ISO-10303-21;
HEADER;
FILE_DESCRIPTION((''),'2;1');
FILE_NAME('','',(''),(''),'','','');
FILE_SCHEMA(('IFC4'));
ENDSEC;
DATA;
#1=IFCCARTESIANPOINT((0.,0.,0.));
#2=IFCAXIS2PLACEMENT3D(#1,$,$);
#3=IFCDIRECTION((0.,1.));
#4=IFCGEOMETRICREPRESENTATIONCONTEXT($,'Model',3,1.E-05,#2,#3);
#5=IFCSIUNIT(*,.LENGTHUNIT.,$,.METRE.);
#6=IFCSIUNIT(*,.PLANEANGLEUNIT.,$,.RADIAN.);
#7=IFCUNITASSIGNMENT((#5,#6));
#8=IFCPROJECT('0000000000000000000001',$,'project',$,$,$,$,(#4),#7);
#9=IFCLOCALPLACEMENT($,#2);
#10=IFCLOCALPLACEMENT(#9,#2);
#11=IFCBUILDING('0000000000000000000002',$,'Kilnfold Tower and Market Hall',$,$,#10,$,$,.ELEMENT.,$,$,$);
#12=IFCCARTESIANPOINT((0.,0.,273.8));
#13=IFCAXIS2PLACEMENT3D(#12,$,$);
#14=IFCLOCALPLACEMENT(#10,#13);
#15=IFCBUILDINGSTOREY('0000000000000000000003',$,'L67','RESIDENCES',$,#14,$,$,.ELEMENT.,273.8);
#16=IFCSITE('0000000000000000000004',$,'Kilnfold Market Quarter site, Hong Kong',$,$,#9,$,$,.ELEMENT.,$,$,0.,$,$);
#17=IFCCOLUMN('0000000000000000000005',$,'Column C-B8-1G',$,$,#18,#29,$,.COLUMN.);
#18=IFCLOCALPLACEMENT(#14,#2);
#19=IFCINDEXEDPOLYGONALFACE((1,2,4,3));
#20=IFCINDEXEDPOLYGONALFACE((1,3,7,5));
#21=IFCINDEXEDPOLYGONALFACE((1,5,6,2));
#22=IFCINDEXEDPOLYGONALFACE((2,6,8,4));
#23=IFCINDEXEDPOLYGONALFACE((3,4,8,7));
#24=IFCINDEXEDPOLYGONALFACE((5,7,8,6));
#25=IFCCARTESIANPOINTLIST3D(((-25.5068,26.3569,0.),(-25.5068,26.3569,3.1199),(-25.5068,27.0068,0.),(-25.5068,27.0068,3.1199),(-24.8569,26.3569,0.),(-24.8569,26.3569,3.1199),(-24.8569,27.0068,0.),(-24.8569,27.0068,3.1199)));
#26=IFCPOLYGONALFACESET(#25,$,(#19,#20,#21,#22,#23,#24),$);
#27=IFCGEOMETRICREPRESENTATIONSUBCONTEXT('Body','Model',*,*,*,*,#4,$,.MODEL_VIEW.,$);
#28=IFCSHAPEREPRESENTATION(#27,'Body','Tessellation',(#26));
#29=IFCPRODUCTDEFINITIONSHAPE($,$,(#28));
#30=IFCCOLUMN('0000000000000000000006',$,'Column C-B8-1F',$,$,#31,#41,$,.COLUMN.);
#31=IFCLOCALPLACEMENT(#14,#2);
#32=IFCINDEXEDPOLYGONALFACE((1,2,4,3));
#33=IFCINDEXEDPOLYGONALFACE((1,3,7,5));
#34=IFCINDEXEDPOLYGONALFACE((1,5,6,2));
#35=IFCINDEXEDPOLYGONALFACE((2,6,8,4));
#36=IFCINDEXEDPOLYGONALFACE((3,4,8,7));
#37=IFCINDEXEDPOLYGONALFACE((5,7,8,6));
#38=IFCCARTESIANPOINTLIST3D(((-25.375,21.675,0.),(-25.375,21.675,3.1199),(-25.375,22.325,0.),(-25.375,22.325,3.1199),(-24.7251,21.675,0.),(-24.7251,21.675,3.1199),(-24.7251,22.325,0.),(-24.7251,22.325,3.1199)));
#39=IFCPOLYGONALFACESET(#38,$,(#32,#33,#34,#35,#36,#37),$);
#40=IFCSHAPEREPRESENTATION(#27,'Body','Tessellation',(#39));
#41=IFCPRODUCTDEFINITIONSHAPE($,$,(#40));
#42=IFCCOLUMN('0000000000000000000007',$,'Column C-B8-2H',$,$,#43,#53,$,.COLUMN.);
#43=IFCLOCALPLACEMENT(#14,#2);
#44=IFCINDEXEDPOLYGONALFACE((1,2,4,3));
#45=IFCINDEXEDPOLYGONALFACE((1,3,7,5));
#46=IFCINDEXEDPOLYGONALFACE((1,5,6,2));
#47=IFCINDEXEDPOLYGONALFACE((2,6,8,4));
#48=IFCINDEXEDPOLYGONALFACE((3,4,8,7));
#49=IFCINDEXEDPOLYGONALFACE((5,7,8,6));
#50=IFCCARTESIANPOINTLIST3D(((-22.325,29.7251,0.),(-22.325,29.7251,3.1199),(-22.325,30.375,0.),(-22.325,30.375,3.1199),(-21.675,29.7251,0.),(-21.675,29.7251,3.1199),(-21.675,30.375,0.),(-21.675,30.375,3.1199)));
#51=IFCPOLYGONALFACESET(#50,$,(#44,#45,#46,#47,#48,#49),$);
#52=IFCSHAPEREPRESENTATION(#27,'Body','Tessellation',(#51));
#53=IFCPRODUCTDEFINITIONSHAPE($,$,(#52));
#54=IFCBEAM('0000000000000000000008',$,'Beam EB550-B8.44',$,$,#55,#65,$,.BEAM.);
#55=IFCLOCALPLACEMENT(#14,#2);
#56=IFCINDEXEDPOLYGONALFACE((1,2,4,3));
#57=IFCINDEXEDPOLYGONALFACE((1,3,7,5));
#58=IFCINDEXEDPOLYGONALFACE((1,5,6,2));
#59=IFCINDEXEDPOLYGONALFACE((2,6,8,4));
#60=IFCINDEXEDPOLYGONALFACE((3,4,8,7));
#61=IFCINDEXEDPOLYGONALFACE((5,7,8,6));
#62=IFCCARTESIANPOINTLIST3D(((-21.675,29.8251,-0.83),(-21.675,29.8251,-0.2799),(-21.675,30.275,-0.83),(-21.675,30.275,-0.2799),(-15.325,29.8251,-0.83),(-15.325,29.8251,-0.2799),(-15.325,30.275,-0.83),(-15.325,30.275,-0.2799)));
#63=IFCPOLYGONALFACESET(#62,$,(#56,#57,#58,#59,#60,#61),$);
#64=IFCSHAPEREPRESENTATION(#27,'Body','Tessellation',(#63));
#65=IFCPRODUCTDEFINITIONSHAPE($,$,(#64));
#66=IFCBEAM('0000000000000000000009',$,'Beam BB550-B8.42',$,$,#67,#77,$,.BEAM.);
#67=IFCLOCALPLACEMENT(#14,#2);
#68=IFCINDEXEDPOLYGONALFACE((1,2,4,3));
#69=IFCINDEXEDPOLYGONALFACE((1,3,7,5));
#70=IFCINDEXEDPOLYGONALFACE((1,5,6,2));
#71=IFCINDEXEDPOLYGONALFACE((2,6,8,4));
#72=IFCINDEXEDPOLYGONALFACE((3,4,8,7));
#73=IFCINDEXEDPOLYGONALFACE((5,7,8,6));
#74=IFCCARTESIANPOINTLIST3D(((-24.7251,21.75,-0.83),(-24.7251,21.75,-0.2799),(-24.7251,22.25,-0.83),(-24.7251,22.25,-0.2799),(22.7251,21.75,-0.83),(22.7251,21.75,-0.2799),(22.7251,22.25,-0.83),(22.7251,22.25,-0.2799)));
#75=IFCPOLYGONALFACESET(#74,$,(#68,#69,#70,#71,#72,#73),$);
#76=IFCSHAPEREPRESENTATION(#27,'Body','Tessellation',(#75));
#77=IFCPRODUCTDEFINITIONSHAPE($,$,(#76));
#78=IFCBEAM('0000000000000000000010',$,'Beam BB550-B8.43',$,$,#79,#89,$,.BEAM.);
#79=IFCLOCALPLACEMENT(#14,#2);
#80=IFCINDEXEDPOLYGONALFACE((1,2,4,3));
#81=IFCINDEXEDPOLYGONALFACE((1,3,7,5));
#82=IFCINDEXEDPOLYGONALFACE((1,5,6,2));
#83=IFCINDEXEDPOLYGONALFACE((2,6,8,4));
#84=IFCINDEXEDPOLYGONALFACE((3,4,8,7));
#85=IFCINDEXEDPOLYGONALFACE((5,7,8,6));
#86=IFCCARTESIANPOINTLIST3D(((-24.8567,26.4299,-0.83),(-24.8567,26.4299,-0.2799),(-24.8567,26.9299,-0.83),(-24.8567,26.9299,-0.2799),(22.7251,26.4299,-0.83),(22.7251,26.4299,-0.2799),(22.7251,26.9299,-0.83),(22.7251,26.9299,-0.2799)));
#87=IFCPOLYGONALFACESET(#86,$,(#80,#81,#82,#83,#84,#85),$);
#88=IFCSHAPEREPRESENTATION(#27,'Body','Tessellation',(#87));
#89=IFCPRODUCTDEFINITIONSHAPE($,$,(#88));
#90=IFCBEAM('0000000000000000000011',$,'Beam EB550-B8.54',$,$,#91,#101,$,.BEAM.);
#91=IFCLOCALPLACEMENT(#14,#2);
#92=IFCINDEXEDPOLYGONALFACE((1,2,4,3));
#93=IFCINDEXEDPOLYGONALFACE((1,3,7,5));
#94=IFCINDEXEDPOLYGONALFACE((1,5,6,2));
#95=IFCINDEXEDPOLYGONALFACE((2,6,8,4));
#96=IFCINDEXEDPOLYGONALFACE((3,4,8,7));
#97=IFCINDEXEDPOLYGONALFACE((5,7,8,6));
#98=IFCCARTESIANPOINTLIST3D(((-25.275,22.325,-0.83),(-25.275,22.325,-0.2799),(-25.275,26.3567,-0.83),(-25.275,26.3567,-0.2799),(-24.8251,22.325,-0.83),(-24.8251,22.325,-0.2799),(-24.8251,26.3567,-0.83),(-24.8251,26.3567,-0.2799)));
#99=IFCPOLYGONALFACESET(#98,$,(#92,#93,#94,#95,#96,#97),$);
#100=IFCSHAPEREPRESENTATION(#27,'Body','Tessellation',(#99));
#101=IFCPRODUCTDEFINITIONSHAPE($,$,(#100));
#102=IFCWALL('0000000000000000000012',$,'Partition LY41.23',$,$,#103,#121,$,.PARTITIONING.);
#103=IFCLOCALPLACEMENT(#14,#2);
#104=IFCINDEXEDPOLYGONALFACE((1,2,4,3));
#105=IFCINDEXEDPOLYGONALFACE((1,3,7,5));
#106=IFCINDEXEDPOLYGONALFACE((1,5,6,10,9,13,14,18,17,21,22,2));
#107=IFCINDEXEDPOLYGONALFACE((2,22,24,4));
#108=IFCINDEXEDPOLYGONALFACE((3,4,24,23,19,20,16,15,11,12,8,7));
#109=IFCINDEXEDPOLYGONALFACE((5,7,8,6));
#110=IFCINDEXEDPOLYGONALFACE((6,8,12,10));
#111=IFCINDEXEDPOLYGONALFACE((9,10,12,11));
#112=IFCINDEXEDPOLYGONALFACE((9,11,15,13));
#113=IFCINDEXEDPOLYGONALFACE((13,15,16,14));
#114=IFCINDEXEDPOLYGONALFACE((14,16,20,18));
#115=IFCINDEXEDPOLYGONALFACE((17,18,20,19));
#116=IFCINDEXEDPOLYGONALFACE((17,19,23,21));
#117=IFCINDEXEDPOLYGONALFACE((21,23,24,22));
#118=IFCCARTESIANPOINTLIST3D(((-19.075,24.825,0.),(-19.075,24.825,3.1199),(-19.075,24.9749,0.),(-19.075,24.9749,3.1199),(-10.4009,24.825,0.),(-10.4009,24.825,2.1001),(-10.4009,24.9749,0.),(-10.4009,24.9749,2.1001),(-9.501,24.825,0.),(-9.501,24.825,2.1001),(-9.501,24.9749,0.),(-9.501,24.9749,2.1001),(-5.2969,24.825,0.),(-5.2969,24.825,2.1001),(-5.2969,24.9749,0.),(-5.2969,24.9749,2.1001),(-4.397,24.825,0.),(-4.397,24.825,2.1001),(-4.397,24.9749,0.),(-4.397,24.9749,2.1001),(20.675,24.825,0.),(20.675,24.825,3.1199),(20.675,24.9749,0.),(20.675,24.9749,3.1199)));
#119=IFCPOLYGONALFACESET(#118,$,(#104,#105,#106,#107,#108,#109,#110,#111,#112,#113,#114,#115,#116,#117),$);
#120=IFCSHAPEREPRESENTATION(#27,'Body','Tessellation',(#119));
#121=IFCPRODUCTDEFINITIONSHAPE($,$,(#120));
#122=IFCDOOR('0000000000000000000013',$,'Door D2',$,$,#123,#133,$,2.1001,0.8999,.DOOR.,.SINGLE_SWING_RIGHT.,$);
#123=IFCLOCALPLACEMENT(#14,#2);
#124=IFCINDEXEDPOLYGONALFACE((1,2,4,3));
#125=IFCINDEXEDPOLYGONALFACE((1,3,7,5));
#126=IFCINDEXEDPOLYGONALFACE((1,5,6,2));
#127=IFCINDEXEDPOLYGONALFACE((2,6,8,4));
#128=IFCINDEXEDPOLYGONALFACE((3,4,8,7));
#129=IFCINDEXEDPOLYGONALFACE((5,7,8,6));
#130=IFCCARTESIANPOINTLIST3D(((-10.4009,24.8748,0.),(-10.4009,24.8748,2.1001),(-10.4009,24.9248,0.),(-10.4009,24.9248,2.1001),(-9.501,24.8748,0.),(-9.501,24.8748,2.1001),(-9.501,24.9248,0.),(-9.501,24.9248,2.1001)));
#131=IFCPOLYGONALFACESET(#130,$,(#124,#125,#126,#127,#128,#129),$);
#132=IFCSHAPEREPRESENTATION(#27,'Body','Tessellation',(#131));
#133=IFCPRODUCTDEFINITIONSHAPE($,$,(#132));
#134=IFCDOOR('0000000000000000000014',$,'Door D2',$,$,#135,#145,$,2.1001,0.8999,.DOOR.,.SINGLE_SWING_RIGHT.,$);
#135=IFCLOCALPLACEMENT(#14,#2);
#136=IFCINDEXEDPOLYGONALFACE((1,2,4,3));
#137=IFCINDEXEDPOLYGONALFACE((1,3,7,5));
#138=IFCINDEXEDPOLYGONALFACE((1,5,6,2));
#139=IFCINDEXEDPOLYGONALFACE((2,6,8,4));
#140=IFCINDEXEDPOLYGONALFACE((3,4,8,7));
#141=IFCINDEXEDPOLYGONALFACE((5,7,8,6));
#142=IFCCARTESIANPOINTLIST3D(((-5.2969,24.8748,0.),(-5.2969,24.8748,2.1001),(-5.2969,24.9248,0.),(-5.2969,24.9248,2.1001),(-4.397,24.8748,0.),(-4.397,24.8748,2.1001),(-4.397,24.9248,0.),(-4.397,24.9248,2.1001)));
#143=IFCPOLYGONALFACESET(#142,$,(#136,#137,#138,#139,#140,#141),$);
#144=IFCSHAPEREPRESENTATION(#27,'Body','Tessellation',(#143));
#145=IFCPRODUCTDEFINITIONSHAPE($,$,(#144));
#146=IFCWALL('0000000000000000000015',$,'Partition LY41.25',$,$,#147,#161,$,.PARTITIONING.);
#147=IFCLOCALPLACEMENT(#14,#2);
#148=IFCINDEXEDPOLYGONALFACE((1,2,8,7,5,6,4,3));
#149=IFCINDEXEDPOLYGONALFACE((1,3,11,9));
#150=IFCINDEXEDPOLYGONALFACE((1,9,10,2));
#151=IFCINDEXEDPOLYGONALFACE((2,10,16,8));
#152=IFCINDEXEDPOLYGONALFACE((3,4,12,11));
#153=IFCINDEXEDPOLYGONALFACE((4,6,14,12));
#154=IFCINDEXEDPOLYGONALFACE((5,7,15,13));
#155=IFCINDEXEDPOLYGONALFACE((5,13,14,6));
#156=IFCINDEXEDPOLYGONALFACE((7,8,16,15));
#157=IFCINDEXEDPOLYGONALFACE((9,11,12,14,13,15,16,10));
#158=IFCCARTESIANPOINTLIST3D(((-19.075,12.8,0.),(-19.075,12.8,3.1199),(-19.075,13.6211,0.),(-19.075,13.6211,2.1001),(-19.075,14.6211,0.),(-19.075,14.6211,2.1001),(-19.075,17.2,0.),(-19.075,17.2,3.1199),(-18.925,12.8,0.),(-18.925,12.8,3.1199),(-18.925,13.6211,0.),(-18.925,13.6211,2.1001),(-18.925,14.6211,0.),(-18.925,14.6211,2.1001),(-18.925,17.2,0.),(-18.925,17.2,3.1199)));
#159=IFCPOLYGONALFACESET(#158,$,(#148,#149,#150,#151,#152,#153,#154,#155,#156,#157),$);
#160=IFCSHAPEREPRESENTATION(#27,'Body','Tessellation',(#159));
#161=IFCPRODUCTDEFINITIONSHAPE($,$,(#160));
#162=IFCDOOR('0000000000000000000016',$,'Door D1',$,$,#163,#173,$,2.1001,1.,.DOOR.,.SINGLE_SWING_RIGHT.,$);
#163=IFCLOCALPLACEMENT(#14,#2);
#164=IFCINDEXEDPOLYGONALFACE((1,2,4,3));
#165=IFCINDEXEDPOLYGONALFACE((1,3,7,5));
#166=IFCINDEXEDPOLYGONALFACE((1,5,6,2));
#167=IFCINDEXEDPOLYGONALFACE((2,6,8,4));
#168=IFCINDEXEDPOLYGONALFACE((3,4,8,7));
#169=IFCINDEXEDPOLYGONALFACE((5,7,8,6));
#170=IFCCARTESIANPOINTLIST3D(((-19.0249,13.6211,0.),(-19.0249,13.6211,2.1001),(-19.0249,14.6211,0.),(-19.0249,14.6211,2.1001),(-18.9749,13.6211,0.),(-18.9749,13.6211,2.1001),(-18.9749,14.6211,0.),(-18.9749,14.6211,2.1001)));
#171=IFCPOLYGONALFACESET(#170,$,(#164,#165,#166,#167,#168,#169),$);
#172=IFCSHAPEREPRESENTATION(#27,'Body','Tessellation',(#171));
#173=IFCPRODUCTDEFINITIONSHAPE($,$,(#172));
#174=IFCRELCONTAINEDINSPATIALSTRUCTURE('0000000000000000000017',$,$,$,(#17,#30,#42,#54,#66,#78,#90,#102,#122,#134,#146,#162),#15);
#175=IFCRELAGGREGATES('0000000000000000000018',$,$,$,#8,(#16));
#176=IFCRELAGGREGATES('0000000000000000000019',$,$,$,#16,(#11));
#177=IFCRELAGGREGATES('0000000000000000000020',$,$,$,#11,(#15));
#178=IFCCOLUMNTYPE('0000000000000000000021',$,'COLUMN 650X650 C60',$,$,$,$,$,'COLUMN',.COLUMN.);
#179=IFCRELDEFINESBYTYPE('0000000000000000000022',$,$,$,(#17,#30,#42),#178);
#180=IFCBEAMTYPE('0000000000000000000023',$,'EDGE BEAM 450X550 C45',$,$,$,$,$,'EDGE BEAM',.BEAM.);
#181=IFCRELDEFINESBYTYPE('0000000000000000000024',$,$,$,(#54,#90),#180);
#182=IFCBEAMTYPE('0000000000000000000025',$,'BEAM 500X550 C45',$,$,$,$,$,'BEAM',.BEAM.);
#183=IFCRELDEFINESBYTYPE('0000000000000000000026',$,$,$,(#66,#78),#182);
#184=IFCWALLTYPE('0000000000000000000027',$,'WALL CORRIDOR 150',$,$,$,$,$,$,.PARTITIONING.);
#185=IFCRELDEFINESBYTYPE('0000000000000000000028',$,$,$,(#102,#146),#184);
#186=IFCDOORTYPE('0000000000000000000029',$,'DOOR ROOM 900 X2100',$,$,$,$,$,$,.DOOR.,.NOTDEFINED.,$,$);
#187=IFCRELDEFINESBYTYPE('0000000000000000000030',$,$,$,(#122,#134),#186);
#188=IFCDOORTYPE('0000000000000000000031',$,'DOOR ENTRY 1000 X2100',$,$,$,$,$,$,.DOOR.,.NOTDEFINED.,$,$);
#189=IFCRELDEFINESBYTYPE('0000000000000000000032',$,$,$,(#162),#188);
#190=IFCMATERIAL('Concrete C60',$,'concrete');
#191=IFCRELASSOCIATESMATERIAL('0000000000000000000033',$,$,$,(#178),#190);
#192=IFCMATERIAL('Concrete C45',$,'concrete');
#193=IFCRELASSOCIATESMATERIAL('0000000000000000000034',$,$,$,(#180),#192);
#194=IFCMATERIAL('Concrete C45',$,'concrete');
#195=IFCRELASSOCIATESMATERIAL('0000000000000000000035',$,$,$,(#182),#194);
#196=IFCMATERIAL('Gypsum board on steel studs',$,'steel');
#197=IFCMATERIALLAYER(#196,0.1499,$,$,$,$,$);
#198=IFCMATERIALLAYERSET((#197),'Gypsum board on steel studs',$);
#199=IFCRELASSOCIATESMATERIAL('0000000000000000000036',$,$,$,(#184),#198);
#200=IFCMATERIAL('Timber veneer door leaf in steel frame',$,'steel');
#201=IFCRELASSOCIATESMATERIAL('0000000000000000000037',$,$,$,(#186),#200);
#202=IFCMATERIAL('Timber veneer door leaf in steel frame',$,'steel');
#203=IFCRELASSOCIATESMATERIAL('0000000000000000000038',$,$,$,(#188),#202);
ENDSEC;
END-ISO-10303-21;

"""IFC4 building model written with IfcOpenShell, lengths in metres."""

from ifc_helpers import new_model, si_unit, direction, frame, frame_2d, origin, origin_2d, place, context, subcontext, project, spatial, rectangle, extrude, source, transform, mapped, material, layer, layer_set, material_profile, profile_set, type_object, element, fill, save


model = new_model("IFC4")

# Units and contexts
model_context = context("Model", 3, precision=1e-05, world=origin(), true_north=direction((0.0, 1.0)))
body_context = subcontext(model_context, "Body", "Model", "MODEL_VIEW")
ifc_project = project(units=[si_unit("LENGTHUNIT", "METRE"), si_unit("PLANEANGLEUNIT", "RADIAN")], contexts=[model_context])

# Site, building, storey
site_placement = place(None, origin())
site = spatial("IfcSite", under=ifc_project, at=site_placement, Name="Kilnfold Market Quarter site, Hong Kong", CompositionType="ELEMENT", RefElevation=0.0)
building_placement = place(site_placement, origin())
building = spatial("IfcBuilding", under=site, at=building_placement, Name="Kilnfold Tower and Market Hall", CompositionType="ELEMENT")
storey_placement = place(building_placement, frame((0.0, 0.0, 273.8)))
storey = spatial("IfcBuildingStorey", under=building, at=storey_placement, Name="L67", Description="RESIDENCES", CompositionType="ELEMENT", Elevation=273.8)

# Columns
ifc_material_1 = material(Name="Concrete C60", Category="concrete")
ifc_material_profile_1 = material_profile(ifc_material_1, rectangle(XDim=0.6499, YDim=0.6499, at=origin_2d()), Name="RC 650x650")
ifc_profile_set_1 = profile_set([ifc_material_profile_1], Name="Concrete C60")
column_type = type_object("IfcColumnType", Name="COLUMN 650X650 C60", ElementType="COLUMN", PredefinedType="COLUMN", material=ifc_profile_set_1)
shared_shape_1 = source(origin(), body_context, "Body", "SweptSolid", [
    extrude(rectangle(XDim=0.6499, YDim=0.6499, at=origin_2d()), origin(), (0.0, 0.0, 1.0), 3.1199),
])
for number, where, z_axis, x_axis, name in (
    (1, (-25.1819, 26.6819, 0.0), (0.0, 0.0, 1.0), (1.0, 0.0, 0.0), "Column C-B8-1G"),
    (2, (-25.05, 22.0, 0.0), (0.0, 0.0, 1.0), (1.0, 0.0, 0.0), "Column C-B8-1F"),
    (3, (-22.0, 30.05, 0.0), (0.0, 0.0, 1.0), (1.0, 0.0, 0.0), "Column C-B8-2H"),
):
    element("IfcColumn", number, at=place(storey_placement, frame(where, z_axis=z_axis, x_axis=x_axis)), inside=storey, type_object=column_type, Name=name, PredefinedType="COLUMN", context=body_context, shape_type="MappedRepresentation", body=[
        mapped(shared_shape_1, transform((0.0, 0.0, 0.0))),
    ])

# Beams
ifc_material_2 = material(Name="Concrete C45", Category="concrete")
ifc_material_profile_2 = material_profile(ifc_material_2, rectangle(XDim=0.45, YDim=0.55, at=origin_2d()), Name="RC 450x550")
ifc_profile_set_2 = profile_set([ifc_material_profile_2], Name="Concrete C45")
beam_type_1 = type_object("IfcBeamType", Name="EDGE BEAM 450X550 C45", ElementType="EDGE BEAM", PredefinedType="BEAM", material=ifc_profile_set_2)
shared_shape_2 = source(origin(), body_context, "Body", "SweptSolid", [
    extrude(rectangle(XDim=0.45, YDim=0.55, at=origin_2d()), origin(), (0.0, 0.0, 1.0), 6.3501),
])
beam_1_placement = place(storey_placement, frame((-21.675, 30.05, -0.5549), z_axis=(1.0, 0.0, 0.0), x_axis=(0.0, 1.0, 0.0)))
element("IfcBeam", 4, at=beam_1_placement, inside=storey, type_object=beam_type_1, Name="Beam EB550-B8.44", PredefinedType="BEAM", context=body_context, shape_type="MappedRepresentation", body=[
    mapped(shared_shape_2, transform((0.0, 0.0, 0.0))),
])
ifc_material_3 = material(Name="Concrete C45", Category="concrete")
ifc_material_profile_3 = material_profile(ifc_material_3, rectangle(XDim=0.5, YDim=0.55, at=origin_2d()), Name="RC 500x550")
ifc_profile_set_3 = profile_set([ifc_material_profile_3], Name="Concrete C45")
beam_type_2 = type_object("IfcBeamType", Name="BEAM 500X550 C45", ElementType="BEAM", PredefinedType="BEAM", material=ifc_profile_set_3)
shared_shape_3 = source(origin(), body_context, "Body", "SweptSolid", [
    extrude(rectangle(XDim=0.5, YDim=0.55, at=origin_2d()), origin(), (0.0, 0.0, 1.0), 47.4502),
])
beam_2_placement = place(storey_placement, frame((-24.7251, 22.0, -0.5549), z_axis=(1.0, 0.0, 0.0), x_axis=(0.0, 1.0, 0.0)))
element("IfcBeam", 5, at=beam_2_placement, inside=storey, type_object=beam_type_2, Name="Beam BB550-B8.42", PredefinedType="BEAM", context=body_context, shape_type="MappedRepresentation", body=[
    mapped(shared_shape_3, transform((0.0, 0.0, 0.0))),
])
shared_shape_4 = source(origin(), body_context, "Body", "SweptSolid", [
    extrude(rectangle(XDim=0.5, YDim=0.55, at=origin_2d()), origin(), (0.0, 0.0, 1.0), 47.5818),
])
beam_3_placement = place(storey_placement, frame((-24.8567, 26.6799, -0.5549), z_axis=(1.0, 0.0, 0.0), x_axis=(0.0, 1.0, 0.0)))
element("IfcBeam", 6, at=beam_3_placement, inside=storey, type_object=beam_type_2, Name="Beam BB550-B8.43", PredefinedType="BEAM", context=body_context, shape_type="MappedRepresentation", body=[
    mapped(shared_shape_4, transform((0.0, 0.0, 0.0))),
])
shared_shape_5 = source(origin(), body_context, "Body", "SweptSolid", [
    extrude(rectangle(XDim=0.45, YDim=0.55, at=origin_2d()), origin(), (0.0, 0.0, 1.0), 4.0317),
])
beam_4_placement = place(storey_placement, frame((-25.05, 22.325, -0.5549), z_axis=(0.0, 1.0, 0.0), x_axis=(-1.0, 0.0, 0.0)))
element("IfcBeam", 7, at=beam_4_placement, inside=storey, type_object=beam_type_1, Name="Beam EB550-B8.54", PredefinedType="BEAM", context=body_context, shape_type="MappedRepresentation", body=[
    mapped(shared_shape_5, transform((0.0, 0.0, 0.0))),
])

# Wall, openings, doors
ifc_material_4 = material(Name="Gypsum board on steel studs", Category="steel")
ifc_layer_1 = layer(ifc_material_4, 0.1499)
ifc_layer_set_1 = layer_set([ifc_layer_1], Name="Gypsum board on steel studs")
wall_type_1 = type_object("IfcWallType", Name="WALL CORRIDOR 150", PredefinedType="PARTITIONING", material=ifc_layer_set_1)
wall_1_placement = place(storey_placement, frame((-19.075, 24.8999, 0.0), z_axis=(0.0, 0.0, 1.0), x_axis=(1.0, 0.0, 0.0)))
wall_1 = element("IfcWall", 8, at=wall_1_placement, inside=storey, type_object=wall_type_1, Name="Partition LY41.23", PredefinedType="PARTITIONING", context=body_context, shape_type="SweptSolid", body=[
    extrude(rectangle(XDim=39.75, YDim=0.1499, at=frame_2d((19.875, 0.0))), origin(), (0.0, 0.0, 1.0), 3.1199),
])
opening_1_placement = place(wall_1_placement, frame((8.6741, 0.0, 0.0)))
opening_1 = element("IfcOpeningElement", 9, at=opening_1_placement, cuts=wall_1, PredefinedType="OPENING", context=body_context, shape_type="SweptSolid", body=[
    extrude(rectangle(XDim=0.8999, YDim=2.1001, at=frame_2d((0.45, 1.05))), frame((0.0, 0.085, 0.0), z_axis=(0.0, -1.0, 0.0), x_axis=(1.0, 0.0, 0.0)), (0.0, 0.0, 1.0), 0.1699),
])
opening_2_placement = place(wall_1_placement, frame((13.7781, 0.0, 0.0)))
opening_2 = element("IfcOpeningElement", 10, at=opening_2_placement, cuts=wall_1, PredefinedType="OPENING", context=body_context, shape_type="SweptSolid", body=[
    extrude(rectangle(XDim=0.8999, YDim=2.1001, at=frame_2d((0.45, 1.05))), frame((0.0, 0.085, 0.0), z_axis=(0.0, -1.0, 0.0), x_axis=(1.0, 0.0, 0.0)), (0.0, 0.0, 1.0), 0.1699),
])
ifc_material_5 = material(Name="Timber veneer door leaf in steel frame", Category="steel")
door_type_1 = type_object("IfcDoorType", Name="DOOR ROOM 900 X2100", OperationType="NOTDEFINED", PredefinedType="DOOR", material=ifc_material_5)
door_1_placement = place(opening_1_placement, origin())
door_1 = element("IfcDoor", 11, at=door_1_placement, inside=storey, type_object=door_type_1, Name="Door D2", OperationType="SINGLE_SWING_RIGHT", OverallHeight=2.1001, OverallWidth=0.8999, PredefinedType="DOOR", context=body_context, shape_type="SweptSolid", body=[
    extrude(rectangle(XDim=0.8999, YDim=2.1001, at=frame_2d((0.45, 1.05))), frame((0.0, 0.0249, 0.0), z_axis=(0.0, -1.0, 0.0), x_axis=(1.0, 0.0, 0.0)), (0.0, 0.0, 1.0), 0.05),
])
fill(opening_1, door_1)
door_2_placement = place(opening_2_placement, origin())
door_2 = element("IfcDoor", 12, at=door_2_placement, inside=storey, type_object=door_type_1, Name="Door D2", OperationType="SINGLE_SWING_RIGHT", OverallHeight=2.1001, OverallWidth=0.8999, PredefinedType="DOOR", context=body_context, shape_type="SweptSolid", body=[
    extrude(rectangle(XDim=0.8999, YDim=2.1001, at=frame_2d((0.45, 1.05))), frame((0.0, 0.0249, 0.0), z_axis=(0.0, -1.0, 0.0), x_axis=(1.0, 0.0, 0.0)), (0.0, 0.0, 1.0), 0.05),
])
fill(opening_2, door_2)

# Wall, opening, door
wall_2_placement = place(storey_placement, frame((-19.0, 12.8, 0.0), z_axis=(0.0, 0.0, 1.0), x_axis=(0.0, 1.0, 0.0)))
wall_2 = element("IfcWall", 13, at=wall_2_placement, inside=storey, type_object=wall_type_1, Name="Partition LY41.25", PredefinedType="PARTITIONING", context=body_context, shape_type="SweptSolid", body=[
    extrude(rectangle(XDim=4.3999, YDim=0.1499, at=frame_2d((2.2, 0.0))), origin(), (0.0, 0.0, 1.0), 3.1199),
])
opening_3_placement = place(wall_2_placement, frame((0.821, 0.0, 0.0)))
opening_3 = element("IfcOpeningElement", 14, at=opening_3_placement, cuts=wall_2, PredefinedType="OPENING", context=body_context, shape_type="SweptSolid", body=[
    extrude(rectangle(XDim=1.0, YDim=2.1001, at=frame_2d((0.5, 1.05))), frame((0.0, 0.085, 0.0), z_axis=(0.0, -1.0, 0.0), x_axis=(1.0, 0.0, 0.0)), (0.0, 0.0, 1.0), 0.1699),
])
ifc_material_6 = material(Name="Timber veneer door leaf in steel frame", Category="steel")
door_type_2 = type_object("IfcDoorType", Name="DOOR ENTRY 1000 X2100", OperationType="NOTDEFINED", PredefinedType="DOOR", material=ifc_material_6)
door_3_placement = place(opening_3_placement, origin())
door_3 = element("IfcDoor", 15, at=door_3_placement, inside=storey, type_object=door_type_2, Name="Door D1", OperationType="SINGLE_SWING_RIGHT", OverallHeight=2.1001, OverallWidth=1.0, PredefinedType="DOOR", context=body_context, shape_type="SweptSolid", body=[
    extrude(rectangle(XDim=1.0, YDim=2.1001, at=frame_2d((0.5, 1.05))), frame((0.0, 0.0249, 0.0), z_axis=(0.0, -1.0, 0.0), x_axis=(1.0, 0.0, 0.0)), (0.0, 0.0, 1.0), 0.05),
])
fill(opening_3, door_3)

save(model, "model.ifc")
